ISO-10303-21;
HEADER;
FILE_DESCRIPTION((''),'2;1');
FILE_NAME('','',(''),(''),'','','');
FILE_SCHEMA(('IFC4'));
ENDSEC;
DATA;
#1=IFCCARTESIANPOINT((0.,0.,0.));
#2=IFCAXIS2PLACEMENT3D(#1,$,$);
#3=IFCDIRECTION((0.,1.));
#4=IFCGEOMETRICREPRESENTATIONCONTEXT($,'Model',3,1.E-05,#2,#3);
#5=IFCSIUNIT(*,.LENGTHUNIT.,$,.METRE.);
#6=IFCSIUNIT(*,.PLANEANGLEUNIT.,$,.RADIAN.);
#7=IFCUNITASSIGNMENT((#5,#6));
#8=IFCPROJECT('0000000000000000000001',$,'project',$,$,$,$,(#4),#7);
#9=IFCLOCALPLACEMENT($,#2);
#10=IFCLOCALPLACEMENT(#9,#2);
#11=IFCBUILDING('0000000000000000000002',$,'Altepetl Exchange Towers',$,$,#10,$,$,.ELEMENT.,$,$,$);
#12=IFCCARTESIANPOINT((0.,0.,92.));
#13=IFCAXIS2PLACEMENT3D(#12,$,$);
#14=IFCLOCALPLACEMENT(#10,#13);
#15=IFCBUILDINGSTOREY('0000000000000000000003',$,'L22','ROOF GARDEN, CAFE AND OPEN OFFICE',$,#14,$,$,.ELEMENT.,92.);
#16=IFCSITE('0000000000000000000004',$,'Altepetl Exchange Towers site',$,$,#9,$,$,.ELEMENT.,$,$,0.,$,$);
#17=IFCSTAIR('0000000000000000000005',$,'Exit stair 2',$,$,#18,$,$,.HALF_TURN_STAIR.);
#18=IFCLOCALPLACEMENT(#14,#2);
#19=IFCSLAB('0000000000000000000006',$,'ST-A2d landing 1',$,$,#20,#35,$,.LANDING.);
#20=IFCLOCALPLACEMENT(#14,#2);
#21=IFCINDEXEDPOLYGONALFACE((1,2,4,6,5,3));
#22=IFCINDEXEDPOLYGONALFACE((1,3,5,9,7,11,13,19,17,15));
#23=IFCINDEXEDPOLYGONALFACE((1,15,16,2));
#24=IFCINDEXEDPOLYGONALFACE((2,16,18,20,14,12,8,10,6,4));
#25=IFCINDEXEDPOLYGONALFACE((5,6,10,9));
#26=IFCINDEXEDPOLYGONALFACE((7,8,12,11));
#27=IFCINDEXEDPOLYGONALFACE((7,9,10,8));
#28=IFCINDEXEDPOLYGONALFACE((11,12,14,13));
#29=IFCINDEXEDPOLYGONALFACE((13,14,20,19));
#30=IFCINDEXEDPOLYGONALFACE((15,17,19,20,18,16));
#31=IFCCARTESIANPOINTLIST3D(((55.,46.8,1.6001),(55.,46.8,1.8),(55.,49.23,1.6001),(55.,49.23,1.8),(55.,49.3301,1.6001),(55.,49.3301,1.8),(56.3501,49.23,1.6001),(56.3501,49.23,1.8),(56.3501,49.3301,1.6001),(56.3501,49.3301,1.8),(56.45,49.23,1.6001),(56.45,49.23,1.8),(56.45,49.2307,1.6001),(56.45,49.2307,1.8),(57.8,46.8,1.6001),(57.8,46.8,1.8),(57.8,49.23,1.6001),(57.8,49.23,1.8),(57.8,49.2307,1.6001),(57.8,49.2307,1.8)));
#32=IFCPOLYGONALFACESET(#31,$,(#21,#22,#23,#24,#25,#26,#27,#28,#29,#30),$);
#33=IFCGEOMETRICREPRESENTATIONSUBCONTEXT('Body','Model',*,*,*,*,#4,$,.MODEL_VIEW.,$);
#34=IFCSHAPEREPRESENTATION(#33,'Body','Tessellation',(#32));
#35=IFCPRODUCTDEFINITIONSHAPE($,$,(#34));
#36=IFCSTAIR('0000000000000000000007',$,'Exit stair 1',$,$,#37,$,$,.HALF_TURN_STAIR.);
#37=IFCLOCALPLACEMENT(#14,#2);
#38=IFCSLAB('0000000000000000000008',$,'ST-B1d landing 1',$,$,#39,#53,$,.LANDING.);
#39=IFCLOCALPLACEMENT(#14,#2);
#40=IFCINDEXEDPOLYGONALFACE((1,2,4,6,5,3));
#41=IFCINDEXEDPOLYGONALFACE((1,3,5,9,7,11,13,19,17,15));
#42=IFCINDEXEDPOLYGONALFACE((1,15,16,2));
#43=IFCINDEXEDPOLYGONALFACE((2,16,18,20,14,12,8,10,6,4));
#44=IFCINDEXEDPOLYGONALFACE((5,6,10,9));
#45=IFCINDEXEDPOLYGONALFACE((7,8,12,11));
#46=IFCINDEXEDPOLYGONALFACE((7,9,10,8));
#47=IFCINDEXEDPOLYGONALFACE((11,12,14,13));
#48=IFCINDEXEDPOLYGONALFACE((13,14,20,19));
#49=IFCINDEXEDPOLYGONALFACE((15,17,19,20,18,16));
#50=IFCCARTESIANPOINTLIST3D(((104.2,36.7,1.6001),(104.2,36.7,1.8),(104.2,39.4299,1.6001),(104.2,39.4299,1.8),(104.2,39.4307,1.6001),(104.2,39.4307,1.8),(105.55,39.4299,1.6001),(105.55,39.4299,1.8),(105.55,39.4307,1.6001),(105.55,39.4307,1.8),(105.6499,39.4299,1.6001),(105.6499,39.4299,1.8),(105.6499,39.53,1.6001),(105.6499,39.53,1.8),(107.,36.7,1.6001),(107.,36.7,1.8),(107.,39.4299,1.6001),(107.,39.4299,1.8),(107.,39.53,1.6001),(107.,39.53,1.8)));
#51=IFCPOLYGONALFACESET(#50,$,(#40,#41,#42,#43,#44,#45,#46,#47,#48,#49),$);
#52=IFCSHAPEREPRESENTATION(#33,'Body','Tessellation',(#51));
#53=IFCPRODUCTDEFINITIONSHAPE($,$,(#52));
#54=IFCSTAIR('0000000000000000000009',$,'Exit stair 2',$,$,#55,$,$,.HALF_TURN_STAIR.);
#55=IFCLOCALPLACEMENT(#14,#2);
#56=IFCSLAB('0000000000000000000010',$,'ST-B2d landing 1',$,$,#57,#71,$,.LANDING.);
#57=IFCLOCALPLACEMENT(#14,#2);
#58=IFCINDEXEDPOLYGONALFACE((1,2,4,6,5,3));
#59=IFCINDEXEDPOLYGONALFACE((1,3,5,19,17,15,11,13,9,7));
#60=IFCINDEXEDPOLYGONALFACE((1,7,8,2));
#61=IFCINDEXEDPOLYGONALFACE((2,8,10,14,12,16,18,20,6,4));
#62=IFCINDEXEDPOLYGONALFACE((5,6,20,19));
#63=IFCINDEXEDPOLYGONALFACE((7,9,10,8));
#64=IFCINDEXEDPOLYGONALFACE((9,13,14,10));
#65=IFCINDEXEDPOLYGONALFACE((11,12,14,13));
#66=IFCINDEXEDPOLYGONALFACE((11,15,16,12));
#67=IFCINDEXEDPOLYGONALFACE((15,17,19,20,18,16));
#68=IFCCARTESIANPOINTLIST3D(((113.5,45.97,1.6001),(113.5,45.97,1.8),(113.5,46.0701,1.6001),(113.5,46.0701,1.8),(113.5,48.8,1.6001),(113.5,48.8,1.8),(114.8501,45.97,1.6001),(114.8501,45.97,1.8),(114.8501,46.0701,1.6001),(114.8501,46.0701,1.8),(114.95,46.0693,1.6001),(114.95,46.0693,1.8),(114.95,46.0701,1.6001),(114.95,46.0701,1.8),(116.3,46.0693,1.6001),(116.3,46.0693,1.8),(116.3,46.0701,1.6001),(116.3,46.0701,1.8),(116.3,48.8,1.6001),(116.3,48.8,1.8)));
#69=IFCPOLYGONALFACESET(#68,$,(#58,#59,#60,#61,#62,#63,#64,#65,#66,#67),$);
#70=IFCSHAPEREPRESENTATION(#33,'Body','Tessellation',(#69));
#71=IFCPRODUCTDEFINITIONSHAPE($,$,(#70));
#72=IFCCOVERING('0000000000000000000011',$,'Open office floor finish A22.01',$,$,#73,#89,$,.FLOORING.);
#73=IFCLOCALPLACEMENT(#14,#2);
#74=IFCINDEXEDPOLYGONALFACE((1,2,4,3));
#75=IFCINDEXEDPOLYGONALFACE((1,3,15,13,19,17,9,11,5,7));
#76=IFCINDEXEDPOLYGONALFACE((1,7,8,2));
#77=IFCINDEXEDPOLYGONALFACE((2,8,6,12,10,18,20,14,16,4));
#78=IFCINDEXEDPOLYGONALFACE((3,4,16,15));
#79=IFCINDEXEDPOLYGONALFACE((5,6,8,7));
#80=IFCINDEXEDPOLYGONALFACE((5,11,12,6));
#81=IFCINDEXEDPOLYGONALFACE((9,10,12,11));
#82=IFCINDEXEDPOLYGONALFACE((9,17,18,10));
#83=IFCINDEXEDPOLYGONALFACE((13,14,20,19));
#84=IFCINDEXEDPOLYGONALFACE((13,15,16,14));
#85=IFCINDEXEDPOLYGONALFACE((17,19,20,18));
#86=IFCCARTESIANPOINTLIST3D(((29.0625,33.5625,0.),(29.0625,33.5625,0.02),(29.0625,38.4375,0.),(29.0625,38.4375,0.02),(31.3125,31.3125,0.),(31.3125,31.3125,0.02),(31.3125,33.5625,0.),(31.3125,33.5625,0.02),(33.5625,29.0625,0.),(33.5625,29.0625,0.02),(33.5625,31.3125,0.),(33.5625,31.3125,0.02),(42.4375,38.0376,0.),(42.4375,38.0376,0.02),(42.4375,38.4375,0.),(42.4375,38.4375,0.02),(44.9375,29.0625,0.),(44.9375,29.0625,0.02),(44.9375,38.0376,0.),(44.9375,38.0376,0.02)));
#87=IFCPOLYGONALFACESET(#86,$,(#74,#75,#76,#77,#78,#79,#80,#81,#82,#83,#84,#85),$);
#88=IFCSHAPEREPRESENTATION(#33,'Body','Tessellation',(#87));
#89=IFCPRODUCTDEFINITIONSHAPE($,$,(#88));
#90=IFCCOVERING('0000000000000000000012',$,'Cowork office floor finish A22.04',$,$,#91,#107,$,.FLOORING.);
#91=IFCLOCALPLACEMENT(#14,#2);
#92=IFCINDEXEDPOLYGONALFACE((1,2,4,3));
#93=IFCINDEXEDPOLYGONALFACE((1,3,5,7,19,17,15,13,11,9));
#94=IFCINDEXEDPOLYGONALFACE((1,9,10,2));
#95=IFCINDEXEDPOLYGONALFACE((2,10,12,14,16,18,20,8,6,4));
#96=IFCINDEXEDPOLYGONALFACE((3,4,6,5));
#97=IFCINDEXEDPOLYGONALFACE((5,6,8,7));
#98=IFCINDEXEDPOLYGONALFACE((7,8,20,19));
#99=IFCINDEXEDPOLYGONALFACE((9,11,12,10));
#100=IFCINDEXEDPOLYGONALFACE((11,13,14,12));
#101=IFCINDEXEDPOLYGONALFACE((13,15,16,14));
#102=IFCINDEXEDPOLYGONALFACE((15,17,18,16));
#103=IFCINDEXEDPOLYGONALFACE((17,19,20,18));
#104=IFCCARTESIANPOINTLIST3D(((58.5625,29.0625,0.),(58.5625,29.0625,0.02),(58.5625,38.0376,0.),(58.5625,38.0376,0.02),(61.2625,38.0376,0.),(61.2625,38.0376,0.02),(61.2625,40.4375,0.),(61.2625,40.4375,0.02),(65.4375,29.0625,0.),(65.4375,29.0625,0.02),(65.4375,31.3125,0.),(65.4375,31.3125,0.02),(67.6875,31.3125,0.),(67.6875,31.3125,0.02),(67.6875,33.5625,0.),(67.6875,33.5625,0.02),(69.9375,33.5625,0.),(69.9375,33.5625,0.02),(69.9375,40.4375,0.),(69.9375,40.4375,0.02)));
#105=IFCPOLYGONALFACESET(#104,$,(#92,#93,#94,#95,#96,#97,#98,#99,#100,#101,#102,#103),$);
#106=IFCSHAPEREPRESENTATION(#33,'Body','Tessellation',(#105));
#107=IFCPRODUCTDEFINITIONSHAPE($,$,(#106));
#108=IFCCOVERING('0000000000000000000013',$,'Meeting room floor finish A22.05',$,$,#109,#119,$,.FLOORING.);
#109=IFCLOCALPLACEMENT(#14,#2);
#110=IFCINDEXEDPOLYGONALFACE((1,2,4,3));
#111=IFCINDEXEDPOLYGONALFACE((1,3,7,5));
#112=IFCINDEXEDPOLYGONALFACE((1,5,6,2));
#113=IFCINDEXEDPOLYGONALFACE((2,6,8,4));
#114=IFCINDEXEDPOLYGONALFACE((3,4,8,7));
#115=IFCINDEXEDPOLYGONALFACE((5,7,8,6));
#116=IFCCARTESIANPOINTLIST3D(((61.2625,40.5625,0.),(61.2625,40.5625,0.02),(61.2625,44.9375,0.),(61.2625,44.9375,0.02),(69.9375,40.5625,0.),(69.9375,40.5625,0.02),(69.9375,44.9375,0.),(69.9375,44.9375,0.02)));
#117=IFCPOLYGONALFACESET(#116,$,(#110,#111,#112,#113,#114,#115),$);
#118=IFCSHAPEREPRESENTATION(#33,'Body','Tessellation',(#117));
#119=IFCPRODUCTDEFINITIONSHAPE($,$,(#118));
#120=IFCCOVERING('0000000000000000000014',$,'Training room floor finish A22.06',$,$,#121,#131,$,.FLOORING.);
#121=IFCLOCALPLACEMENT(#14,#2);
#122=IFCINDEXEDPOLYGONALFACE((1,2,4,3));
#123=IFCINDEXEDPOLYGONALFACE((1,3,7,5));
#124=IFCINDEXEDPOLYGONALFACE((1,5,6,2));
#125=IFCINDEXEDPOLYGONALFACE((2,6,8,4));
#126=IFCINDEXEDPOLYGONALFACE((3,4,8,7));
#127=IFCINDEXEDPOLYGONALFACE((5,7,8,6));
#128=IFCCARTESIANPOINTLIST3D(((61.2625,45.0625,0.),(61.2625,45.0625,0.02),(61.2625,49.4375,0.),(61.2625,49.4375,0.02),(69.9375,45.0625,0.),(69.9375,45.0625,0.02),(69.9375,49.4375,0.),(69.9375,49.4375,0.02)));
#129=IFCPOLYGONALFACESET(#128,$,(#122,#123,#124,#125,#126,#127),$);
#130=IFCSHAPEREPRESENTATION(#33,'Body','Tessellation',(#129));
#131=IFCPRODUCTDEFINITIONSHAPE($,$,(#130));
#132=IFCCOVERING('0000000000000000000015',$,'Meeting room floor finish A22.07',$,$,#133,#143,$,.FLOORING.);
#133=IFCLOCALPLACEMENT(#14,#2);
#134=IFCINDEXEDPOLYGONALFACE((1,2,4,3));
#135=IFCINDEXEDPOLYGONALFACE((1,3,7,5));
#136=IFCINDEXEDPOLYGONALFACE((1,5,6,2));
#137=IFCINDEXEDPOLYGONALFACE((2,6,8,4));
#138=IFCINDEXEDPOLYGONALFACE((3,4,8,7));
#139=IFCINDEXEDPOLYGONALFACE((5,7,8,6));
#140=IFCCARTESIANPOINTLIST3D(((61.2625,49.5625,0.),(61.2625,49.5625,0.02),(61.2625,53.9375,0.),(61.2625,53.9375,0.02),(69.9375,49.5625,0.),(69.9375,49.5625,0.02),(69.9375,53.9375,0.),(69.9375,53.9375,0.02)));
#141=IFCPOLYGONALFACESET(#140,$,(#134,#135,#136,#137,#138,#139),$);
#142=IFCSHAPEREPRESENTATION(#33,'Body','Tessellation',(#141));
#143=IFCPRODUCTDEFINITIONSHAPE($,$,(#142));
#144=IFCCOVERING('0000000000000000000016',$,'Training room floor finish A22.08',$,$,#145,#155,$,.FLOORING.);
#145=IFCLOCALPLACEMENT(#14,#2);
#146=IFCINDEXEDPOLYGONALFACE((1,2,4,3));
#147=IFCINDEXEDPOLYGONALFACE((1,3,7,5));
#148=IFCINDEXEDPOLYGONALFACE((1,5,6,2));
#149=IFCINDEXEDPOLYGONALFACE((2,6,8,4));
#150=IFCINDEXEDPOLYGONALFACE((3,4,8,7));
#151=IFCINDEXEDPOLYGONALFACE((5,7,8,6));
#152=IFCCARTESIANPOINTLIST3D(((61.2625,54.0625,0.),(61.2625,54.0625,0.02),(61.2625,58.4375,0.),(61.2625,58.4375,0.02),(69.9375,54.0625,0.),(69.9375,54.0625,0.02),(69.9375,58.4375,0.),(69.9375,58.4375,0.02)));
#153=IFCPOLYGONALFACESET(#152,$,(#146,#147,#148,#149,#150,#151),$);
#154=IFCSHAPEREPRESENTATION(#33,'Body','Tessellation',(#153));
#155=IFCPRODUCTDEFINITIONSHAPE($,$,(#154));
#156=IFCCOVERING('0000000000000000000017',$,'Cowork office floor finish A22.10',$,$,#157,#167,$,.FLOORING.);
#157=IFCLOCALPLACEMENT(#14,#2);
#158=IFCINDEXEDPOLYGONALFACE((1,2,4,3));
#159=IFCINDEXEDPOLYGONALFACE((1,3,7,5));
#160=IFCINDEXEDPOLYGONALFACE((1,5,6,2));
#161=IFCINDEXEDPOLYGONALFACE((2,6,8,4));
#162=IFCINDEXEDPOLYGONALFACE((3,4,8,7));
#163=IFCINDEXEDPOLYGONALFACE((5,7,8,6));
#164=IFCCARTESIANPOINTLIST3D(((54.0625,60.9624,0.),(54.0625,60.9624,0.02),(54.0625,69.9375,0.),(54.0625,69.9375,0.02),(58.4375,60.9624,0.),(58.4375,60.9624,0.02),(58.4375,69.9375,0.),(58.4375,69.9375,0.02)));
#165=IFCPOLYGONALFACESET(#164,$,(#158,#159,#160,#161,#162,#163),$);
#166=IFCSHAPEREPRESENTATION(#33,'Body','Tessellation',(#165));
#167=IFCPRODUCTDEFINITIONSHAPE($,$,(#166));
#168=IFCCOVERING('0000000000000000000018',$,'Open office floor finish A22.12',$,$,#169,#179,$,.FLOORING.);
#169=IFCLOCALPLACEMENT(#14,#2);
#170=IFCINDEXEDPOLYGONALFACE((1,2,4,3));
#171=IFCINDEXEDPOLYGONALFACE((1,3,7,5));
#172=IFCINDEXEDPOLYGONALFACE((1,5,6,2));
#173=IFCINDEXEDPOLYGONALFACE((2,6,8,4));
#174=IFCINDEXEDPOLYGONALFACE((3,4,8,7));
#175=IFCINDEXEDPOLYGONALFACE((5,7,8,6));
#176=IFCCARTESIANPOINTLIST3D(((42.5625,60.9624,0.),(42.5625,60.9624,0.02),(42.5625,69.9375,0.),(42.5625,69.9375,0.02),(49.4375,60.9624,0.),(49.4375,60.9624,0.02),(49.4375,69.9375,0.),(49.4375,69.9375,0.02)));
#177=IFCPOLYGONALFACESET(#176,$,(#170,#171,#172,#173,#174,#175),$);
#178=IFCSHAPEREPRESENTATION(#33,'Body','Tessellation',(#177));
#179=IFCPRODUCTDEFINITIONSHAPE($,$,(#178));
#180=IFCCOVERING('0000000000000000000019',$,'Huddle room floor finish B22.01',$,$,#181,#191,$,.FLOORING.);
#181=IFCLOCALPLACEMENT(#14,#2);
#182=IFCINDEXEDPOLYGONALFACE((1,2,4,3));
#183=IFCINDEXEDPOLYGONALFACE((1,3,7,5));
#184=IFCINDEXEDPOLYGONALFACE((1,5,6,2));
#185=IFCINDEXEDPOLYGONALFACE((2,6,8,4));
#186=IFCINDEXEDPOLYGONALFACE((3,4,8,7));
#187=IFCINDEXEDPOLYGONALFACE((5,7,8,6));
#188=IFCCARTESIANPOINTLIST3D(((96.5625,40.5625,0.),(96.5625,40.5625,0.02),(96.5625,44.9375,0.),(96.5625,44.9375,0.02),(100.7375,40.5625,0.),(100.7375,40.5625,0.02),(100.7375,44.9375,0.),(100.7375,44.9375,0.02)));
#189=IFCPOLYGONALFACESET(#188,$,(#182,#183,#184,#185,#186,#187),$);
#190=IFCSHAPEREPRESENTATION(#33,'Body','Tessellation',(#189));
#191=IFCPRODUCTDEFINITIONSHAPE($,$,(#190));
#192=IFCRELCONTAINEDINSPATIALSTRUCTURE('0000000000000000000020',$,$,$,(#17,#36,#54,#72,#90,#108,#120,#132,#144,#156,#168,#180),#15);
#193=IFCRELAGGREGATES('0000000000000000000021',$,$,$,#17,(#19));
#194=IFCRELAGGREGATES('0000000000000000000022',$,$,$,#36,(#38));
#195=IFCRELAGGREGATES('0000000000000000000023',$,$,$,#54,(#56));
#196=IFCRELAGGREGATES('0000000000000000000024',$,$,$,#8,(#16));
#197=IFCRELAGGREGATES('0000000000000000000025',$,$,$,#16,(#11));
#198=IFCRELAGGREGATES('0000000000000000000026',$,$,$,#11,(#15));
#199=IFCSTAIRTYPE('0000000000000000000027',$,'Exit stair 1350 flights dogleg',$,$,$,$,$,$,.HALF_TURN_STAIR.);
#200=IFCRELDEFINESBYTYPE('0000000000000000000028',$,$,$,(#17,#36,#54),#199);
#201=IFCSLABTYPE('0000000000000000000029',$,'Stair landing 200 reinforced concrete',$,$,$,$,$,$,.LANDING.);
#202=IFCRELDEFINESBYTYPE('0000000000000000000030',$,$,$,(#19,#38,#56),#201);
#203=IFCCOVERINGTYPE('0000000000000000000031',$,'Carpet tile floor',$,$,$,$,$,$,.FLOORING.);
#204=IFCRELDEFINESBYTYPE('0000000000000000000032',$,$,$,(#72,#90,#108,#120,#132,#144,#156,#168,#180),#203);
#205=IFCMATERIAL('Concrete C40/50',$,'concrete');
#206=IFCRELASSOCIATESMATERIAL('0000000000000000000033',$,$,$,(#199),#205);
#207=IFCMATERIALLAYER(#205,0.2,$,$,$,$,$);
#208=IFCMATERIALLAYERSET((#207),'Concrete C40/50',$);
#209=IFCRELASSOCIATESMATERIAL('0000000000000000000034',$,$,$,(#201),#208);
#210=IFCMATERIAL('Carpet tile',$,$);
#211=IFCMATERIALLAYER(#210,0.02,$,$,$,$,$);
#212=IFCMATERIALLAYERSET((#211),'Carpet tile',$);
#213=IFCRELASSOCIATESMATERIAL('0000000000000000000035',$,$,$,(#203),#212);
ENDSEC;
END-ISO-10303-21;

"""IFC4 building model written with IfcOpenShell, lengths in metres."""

from ifc_helpers import new_model, si_unit, direction, frame, origin, place, context, subcontext, project, spatial, polyline, outline, extrude, material, layer, layer_set, type_object, element, aggregate, save


model = new_model("IFC4")

# Units and contexts
model_context = context("Model", 3, precision=1e-05, world=origin(), true_north=direction((0.0, 1.0)))
body_context = subcontext(model_context, "Body", "Model", "MODEL_VIEW")
ifc_project = project(units=[si_unit("LENGTHUNIT", "METRE"), si_unit("PLANEANGLEUNIT", "RADIAN")], contexts=[model_context])

# Site, building, storey
site_placement = place(None, origin())
site = spatial("IfcSite", under=ifc_project, at=site_placement, Name="Altepetl Exchange Towers site", CompositionType="ELEMENT", RefElevation=0.0)
building_placement = place(site_placement, origin())
building = spatial("IfcBuilding", under=site, at=building_placement, Name="Altepetl Exchange Towers", CompositionType="ELEMENT")
storey_placement = place(building_placement, frame((0.0, 0.0, 92.0)))
storey = spatial("IfcBuildingStorey", under=building, at=storey_placement, Name="L22", Description="ROOF GARDEN, CAFE AND OPEN OFFICE", CompositionType="ELEMENT", Elevation=92.0)

# Stairs, slabs
ifc_material_1 = material(Name="Concrete C40/50", Category="concrete")
stair_type = type_object("IfcStairType", Name="Exit stair 1350 flights dogleg", PredefinedType="HALF_TURN_STAIR", material=ifc_material_1)
ifc_layer_1 = layer(ifc_material_1, 0.2)
ifc_layer_set_1 = layer_set([ifc_layer_1], Name="Concrete C40/50")
slab_type = type_object("IfcSlabType", Name="Stair landing 200 reinforced concrete", PredefinedType="LANDING", material=ifc_layer_set_1)
stair_1_placement = place(storey_placement, origin())
stair_1 = element("IfcStair", 1, at=stair_1_placement, inside=storey, type_object=stair_type, Name="Exit stair 2", PredefinedType="HALF_TURN_STAIR")
slab_1_placement = place(storey_placement, frame((0.0, 0.0, 1.6001)))
slab_1 = element("IfcSlab", 2, at=slab_1_placement, type_object=slab_type, Name="ST-A2d landing 1", PredefinedType="LANDING", context=body_context, shape_type="SweptSolid", body=[
    extrude(outline(polyline([(57.8, 46.8), (55.0, 46.8), (55.0, 49.23), (55.0, 49.3301), (56.3501, 49.3301), (56.3501, 49.23), (56.45, 49.23), (56.45, 49.2307), (57.8, 49.2307), (57.8, 49.23), (57.8, 46.8)])), origin(), (0.0, 0.0, 1.0), 0.2),
])
aggregate(stair_1, [slab_1])
stair_2_placement = place(storey_placement, origin())
stair_2 = element("IfcStair", 3, at=stair_2_placement, inside=storey, type_object=stair_type, Name="Exit stair 1", PredefinedType="HALF_TURN_STAIR")
slab_2_placement = place(storey_placement, frame((0.0, 0.0, 1.6001)))
slab_2 = element("IfcSlab", 4, at=slab_2_placement, type_object=slab_type, Name="ST-B1d landing 1", PredefinedType="LANDING", context=body_context, shape_type="SweptSolid", body=[
    extrude(outline(polyline([(107.0, 36.7), (104.2, 36.7), (104.2, 39.4299), (104.2, 39.4307), (105.55, 39.4307), (105.55, 39.4299), (105.6499, 39.4299), (105.6499, 39.53), (107.0, 39.53), (107.0, 39.4299), (107.0, 36.7)])), origin(), (0.0, 0.0, 1.0), 0.2),
])
aggregate(stair_2, [slab_2])
stair_3_placement = place(storey_placement, origin())
stair_3 = element("IfcStair", 5, at=stair_3_placement, inside=storey, type_object=stair_type, Name="Exit stair 2", PredefinedType="HALF_TURN_STAIR")
slab_3_placement = place(storey_placement, frame((0.0, 0.0, 1.6001)))
slab_3 = element("IfcSlab", 6, at=slab_3_placement, type_object=slab_type, Name="ST-B2d landing 1", PredefinedType="LANDING", context=body_context, shape_type="SweptSolid", body=[
    extrude(outline(polyline([(114.8501, 45.97), (113.5, 45.97), (113.5, 46.0701), (113.5, 48.8), (116.3, 48.8), (116.3, 46.0701), (116.3, 46.0693), (114.95, 46.0693), (114.95, 46.0701), (114.8501, 46.0701), (114.8501, 45.97)])), origin(), (0.0, 0.0, 1.0), 0.2),
])
aggregate(stair_3, [slab_3])

# Coverings
ifc_material_2 = material(Name="Carpet tile")
ifc_layer_2 = layer(ifc_material_2, 0.02)
ifc_layer_set_2 = layer_set([ifc_layer_2], Name="Carpet tile")
covering_type_1 = type_object("IfcCoveringType", Name="Carpet tile floor", PredefinedType="FLOORING", material=ifc_layer_set_2)
covering_1_placement = place(storey_placement, origin())
element("IfcCovering", 7, at=covering_1_placement, inside=storey, type_object=covering_type_1, Name="Open office floor finish A22.01", PredefinedType="FLOORING", context=body_context, shape_type="SweptSolid", body=[
    extrude(outline(polyline([(33.5625, 29.0625), (44.9375, 29.0625), (44.9375, 38.0376), (42.4375, 38.0376), (42.4375, 38.4375), (29.0625, 38.4375), (29.0625, 33.5625), (31.3125, 33.5625), (31.3125, 31.3125), (33.5625, 31.3125), (33.5625, 29.0625)])), origin(), (0.0, 0.0, 1.0), 0.02),
])
covering_2_placement = place(storey_placement, origin())
element("IfcCovering", 8, at=covering_2_placement, inside=storey, type_object=covering_type_1, Name="Cowork office floor finish A22.04", PredefinedType="FLOORING", context=body_context, shape_type="SweptSolid", body=[
    extrude(outline(polyline([(58.5625, 38.0376), (58.5625, 29.0625), (65.4375, 29.0625), (65.4375, 31.3125), (67.6875, 31.3125), (67.6875, 33.5625), (69.9375, 33.5625), (69.9375, 40.4375), (61.2625, 40.4375), (61.2625, 38.0376), (58.5625, 38.0376)])), origin(), (0.0, 0.0, 1.0), 0.02),
])
covering_3_placement = place(storey_placement, origin())
element("IfcCovering", 9, at=covering_3_placement, inside=storey, type_object=covering_type_1, Name="Meeting room floor finish A22.05", PredefinedType="FLOORING", context=body_context, shape_type="SweptSolid", body=[
    extrude(outline(polyline([(69.9375, 44.9375), (61.2625, 44.9375), (61.2625, 40.5625), (69.9375, 40.5625), (69.9375, 44.9375)])), origin(), (0.0, 0.0, 1.0), 0.02),
])
covering_4_placement = place(storey_placement, origin())
element("IfcCovering", 10, at=covering_4_placement, inside=storey, type_object=covering_type_1, Name="Training room floor finish A22.06", PredefinedType="FLOORING", context=body_context, shape_type="SweptSolid", body=[
    extrude(outline(polyline([(69.9375, 49.4375), (61.2625, 49.4375), (61.2625, 45.0625), (69.9375, 45.0625), (69.9375, 49.4375)])), origin(), (0.0, 0.0, 1.0), 0.02),
])
covering_5_placement = place(storey_placement, origin())
element("IfcCovering", 11, at=covering_5_placement, inside=storey, type_object=covering_type_1, Name="Meeting room floor finish A22.07", PredefinedType="FLOORING", context=body_context, shape_type="SweptSolid", body=[
    extrude(outline(polyline([(69.9375, 53.9375), (61.2625, 53.9375), (61.2625, 49.5625), (69.9375, 49.5625), (69.9375, 53.9375)])), origin(), (0.0, 0.0, 1.0), 0.02),
])
covering_6_placement = place(storey_placement, origin())
element("IfcCovering", 12, at=covering_6_placement, inside=storey, type_object=covering_type_1, Name="Training room floor finish A22.08", PredefinedType="FLOORING", context=body_context, shape_type="SweptSolid", body=[
    extrude(outline(polyline([(69.9375, 58.4375), (61.2625, 58.4375), (61.2625, 54.0625), (69.9375, 54.0625), (69.9375, 58.4375)])), origin(), (0.0, 0.0, 1.0), 0.02),
])
covering_7_placement = place(storey_placement, origin())
element("IfcCovering", 13, at=covering_7_placement, inside=storey, type_object=covering_type_1, Name="Cowork office floor finish A22.10", PredefinedType="FLOORING", context=body_context, shape_type="SweptSolid", body=[
    extrude(outline(polyline([(58.4375, 60.9624), (58.4375, 69.9375), (54.0625, 69.9375), (54.0625, 60.9624), (58.4375, 60.9624)])), origin(), (0.0, 0.0, 1.0), 0.02),
])
covering_8_placement = place(storey_placement, origin())
element("IfcCovering", 14, at=covering_8_placement, inside=storey, type_object=covering_type_1, Name="Open office floor finish A22.12", PredefinedType="FLOORING", context=body_context, shape_type="SweptSolid", body=[
    extrude(outline(polyline([(49.4375, 60.9624), (49.4375, 69.9375), (42.5625, 69.9375), (42.5625, 60.9624), (49.4375, 60.9624)])), origin(), (0.0, 0.0, 1.0), 0.02),
])
covering_9_placement = place(storey_placement, origin())
element("IfcCovering", 15, at=covering_9_placement, inside=storey, type_object=covering_type_1, Name="Huddle room floor finish B22.01", PredefinedType="FLOORING", context=body_context, shape_type="SweptSolid", body=[
    extrude(outline(polyline([(100.7375, 44.9375), (96.5625, 44.9375), (96.5625, 40.5625), (100.7375, 40.5625), (100.7375, 44.9375)])), origin(), (0.0, 0.0, 1.0), 0.02),
])

save(model, "model.ifc")
